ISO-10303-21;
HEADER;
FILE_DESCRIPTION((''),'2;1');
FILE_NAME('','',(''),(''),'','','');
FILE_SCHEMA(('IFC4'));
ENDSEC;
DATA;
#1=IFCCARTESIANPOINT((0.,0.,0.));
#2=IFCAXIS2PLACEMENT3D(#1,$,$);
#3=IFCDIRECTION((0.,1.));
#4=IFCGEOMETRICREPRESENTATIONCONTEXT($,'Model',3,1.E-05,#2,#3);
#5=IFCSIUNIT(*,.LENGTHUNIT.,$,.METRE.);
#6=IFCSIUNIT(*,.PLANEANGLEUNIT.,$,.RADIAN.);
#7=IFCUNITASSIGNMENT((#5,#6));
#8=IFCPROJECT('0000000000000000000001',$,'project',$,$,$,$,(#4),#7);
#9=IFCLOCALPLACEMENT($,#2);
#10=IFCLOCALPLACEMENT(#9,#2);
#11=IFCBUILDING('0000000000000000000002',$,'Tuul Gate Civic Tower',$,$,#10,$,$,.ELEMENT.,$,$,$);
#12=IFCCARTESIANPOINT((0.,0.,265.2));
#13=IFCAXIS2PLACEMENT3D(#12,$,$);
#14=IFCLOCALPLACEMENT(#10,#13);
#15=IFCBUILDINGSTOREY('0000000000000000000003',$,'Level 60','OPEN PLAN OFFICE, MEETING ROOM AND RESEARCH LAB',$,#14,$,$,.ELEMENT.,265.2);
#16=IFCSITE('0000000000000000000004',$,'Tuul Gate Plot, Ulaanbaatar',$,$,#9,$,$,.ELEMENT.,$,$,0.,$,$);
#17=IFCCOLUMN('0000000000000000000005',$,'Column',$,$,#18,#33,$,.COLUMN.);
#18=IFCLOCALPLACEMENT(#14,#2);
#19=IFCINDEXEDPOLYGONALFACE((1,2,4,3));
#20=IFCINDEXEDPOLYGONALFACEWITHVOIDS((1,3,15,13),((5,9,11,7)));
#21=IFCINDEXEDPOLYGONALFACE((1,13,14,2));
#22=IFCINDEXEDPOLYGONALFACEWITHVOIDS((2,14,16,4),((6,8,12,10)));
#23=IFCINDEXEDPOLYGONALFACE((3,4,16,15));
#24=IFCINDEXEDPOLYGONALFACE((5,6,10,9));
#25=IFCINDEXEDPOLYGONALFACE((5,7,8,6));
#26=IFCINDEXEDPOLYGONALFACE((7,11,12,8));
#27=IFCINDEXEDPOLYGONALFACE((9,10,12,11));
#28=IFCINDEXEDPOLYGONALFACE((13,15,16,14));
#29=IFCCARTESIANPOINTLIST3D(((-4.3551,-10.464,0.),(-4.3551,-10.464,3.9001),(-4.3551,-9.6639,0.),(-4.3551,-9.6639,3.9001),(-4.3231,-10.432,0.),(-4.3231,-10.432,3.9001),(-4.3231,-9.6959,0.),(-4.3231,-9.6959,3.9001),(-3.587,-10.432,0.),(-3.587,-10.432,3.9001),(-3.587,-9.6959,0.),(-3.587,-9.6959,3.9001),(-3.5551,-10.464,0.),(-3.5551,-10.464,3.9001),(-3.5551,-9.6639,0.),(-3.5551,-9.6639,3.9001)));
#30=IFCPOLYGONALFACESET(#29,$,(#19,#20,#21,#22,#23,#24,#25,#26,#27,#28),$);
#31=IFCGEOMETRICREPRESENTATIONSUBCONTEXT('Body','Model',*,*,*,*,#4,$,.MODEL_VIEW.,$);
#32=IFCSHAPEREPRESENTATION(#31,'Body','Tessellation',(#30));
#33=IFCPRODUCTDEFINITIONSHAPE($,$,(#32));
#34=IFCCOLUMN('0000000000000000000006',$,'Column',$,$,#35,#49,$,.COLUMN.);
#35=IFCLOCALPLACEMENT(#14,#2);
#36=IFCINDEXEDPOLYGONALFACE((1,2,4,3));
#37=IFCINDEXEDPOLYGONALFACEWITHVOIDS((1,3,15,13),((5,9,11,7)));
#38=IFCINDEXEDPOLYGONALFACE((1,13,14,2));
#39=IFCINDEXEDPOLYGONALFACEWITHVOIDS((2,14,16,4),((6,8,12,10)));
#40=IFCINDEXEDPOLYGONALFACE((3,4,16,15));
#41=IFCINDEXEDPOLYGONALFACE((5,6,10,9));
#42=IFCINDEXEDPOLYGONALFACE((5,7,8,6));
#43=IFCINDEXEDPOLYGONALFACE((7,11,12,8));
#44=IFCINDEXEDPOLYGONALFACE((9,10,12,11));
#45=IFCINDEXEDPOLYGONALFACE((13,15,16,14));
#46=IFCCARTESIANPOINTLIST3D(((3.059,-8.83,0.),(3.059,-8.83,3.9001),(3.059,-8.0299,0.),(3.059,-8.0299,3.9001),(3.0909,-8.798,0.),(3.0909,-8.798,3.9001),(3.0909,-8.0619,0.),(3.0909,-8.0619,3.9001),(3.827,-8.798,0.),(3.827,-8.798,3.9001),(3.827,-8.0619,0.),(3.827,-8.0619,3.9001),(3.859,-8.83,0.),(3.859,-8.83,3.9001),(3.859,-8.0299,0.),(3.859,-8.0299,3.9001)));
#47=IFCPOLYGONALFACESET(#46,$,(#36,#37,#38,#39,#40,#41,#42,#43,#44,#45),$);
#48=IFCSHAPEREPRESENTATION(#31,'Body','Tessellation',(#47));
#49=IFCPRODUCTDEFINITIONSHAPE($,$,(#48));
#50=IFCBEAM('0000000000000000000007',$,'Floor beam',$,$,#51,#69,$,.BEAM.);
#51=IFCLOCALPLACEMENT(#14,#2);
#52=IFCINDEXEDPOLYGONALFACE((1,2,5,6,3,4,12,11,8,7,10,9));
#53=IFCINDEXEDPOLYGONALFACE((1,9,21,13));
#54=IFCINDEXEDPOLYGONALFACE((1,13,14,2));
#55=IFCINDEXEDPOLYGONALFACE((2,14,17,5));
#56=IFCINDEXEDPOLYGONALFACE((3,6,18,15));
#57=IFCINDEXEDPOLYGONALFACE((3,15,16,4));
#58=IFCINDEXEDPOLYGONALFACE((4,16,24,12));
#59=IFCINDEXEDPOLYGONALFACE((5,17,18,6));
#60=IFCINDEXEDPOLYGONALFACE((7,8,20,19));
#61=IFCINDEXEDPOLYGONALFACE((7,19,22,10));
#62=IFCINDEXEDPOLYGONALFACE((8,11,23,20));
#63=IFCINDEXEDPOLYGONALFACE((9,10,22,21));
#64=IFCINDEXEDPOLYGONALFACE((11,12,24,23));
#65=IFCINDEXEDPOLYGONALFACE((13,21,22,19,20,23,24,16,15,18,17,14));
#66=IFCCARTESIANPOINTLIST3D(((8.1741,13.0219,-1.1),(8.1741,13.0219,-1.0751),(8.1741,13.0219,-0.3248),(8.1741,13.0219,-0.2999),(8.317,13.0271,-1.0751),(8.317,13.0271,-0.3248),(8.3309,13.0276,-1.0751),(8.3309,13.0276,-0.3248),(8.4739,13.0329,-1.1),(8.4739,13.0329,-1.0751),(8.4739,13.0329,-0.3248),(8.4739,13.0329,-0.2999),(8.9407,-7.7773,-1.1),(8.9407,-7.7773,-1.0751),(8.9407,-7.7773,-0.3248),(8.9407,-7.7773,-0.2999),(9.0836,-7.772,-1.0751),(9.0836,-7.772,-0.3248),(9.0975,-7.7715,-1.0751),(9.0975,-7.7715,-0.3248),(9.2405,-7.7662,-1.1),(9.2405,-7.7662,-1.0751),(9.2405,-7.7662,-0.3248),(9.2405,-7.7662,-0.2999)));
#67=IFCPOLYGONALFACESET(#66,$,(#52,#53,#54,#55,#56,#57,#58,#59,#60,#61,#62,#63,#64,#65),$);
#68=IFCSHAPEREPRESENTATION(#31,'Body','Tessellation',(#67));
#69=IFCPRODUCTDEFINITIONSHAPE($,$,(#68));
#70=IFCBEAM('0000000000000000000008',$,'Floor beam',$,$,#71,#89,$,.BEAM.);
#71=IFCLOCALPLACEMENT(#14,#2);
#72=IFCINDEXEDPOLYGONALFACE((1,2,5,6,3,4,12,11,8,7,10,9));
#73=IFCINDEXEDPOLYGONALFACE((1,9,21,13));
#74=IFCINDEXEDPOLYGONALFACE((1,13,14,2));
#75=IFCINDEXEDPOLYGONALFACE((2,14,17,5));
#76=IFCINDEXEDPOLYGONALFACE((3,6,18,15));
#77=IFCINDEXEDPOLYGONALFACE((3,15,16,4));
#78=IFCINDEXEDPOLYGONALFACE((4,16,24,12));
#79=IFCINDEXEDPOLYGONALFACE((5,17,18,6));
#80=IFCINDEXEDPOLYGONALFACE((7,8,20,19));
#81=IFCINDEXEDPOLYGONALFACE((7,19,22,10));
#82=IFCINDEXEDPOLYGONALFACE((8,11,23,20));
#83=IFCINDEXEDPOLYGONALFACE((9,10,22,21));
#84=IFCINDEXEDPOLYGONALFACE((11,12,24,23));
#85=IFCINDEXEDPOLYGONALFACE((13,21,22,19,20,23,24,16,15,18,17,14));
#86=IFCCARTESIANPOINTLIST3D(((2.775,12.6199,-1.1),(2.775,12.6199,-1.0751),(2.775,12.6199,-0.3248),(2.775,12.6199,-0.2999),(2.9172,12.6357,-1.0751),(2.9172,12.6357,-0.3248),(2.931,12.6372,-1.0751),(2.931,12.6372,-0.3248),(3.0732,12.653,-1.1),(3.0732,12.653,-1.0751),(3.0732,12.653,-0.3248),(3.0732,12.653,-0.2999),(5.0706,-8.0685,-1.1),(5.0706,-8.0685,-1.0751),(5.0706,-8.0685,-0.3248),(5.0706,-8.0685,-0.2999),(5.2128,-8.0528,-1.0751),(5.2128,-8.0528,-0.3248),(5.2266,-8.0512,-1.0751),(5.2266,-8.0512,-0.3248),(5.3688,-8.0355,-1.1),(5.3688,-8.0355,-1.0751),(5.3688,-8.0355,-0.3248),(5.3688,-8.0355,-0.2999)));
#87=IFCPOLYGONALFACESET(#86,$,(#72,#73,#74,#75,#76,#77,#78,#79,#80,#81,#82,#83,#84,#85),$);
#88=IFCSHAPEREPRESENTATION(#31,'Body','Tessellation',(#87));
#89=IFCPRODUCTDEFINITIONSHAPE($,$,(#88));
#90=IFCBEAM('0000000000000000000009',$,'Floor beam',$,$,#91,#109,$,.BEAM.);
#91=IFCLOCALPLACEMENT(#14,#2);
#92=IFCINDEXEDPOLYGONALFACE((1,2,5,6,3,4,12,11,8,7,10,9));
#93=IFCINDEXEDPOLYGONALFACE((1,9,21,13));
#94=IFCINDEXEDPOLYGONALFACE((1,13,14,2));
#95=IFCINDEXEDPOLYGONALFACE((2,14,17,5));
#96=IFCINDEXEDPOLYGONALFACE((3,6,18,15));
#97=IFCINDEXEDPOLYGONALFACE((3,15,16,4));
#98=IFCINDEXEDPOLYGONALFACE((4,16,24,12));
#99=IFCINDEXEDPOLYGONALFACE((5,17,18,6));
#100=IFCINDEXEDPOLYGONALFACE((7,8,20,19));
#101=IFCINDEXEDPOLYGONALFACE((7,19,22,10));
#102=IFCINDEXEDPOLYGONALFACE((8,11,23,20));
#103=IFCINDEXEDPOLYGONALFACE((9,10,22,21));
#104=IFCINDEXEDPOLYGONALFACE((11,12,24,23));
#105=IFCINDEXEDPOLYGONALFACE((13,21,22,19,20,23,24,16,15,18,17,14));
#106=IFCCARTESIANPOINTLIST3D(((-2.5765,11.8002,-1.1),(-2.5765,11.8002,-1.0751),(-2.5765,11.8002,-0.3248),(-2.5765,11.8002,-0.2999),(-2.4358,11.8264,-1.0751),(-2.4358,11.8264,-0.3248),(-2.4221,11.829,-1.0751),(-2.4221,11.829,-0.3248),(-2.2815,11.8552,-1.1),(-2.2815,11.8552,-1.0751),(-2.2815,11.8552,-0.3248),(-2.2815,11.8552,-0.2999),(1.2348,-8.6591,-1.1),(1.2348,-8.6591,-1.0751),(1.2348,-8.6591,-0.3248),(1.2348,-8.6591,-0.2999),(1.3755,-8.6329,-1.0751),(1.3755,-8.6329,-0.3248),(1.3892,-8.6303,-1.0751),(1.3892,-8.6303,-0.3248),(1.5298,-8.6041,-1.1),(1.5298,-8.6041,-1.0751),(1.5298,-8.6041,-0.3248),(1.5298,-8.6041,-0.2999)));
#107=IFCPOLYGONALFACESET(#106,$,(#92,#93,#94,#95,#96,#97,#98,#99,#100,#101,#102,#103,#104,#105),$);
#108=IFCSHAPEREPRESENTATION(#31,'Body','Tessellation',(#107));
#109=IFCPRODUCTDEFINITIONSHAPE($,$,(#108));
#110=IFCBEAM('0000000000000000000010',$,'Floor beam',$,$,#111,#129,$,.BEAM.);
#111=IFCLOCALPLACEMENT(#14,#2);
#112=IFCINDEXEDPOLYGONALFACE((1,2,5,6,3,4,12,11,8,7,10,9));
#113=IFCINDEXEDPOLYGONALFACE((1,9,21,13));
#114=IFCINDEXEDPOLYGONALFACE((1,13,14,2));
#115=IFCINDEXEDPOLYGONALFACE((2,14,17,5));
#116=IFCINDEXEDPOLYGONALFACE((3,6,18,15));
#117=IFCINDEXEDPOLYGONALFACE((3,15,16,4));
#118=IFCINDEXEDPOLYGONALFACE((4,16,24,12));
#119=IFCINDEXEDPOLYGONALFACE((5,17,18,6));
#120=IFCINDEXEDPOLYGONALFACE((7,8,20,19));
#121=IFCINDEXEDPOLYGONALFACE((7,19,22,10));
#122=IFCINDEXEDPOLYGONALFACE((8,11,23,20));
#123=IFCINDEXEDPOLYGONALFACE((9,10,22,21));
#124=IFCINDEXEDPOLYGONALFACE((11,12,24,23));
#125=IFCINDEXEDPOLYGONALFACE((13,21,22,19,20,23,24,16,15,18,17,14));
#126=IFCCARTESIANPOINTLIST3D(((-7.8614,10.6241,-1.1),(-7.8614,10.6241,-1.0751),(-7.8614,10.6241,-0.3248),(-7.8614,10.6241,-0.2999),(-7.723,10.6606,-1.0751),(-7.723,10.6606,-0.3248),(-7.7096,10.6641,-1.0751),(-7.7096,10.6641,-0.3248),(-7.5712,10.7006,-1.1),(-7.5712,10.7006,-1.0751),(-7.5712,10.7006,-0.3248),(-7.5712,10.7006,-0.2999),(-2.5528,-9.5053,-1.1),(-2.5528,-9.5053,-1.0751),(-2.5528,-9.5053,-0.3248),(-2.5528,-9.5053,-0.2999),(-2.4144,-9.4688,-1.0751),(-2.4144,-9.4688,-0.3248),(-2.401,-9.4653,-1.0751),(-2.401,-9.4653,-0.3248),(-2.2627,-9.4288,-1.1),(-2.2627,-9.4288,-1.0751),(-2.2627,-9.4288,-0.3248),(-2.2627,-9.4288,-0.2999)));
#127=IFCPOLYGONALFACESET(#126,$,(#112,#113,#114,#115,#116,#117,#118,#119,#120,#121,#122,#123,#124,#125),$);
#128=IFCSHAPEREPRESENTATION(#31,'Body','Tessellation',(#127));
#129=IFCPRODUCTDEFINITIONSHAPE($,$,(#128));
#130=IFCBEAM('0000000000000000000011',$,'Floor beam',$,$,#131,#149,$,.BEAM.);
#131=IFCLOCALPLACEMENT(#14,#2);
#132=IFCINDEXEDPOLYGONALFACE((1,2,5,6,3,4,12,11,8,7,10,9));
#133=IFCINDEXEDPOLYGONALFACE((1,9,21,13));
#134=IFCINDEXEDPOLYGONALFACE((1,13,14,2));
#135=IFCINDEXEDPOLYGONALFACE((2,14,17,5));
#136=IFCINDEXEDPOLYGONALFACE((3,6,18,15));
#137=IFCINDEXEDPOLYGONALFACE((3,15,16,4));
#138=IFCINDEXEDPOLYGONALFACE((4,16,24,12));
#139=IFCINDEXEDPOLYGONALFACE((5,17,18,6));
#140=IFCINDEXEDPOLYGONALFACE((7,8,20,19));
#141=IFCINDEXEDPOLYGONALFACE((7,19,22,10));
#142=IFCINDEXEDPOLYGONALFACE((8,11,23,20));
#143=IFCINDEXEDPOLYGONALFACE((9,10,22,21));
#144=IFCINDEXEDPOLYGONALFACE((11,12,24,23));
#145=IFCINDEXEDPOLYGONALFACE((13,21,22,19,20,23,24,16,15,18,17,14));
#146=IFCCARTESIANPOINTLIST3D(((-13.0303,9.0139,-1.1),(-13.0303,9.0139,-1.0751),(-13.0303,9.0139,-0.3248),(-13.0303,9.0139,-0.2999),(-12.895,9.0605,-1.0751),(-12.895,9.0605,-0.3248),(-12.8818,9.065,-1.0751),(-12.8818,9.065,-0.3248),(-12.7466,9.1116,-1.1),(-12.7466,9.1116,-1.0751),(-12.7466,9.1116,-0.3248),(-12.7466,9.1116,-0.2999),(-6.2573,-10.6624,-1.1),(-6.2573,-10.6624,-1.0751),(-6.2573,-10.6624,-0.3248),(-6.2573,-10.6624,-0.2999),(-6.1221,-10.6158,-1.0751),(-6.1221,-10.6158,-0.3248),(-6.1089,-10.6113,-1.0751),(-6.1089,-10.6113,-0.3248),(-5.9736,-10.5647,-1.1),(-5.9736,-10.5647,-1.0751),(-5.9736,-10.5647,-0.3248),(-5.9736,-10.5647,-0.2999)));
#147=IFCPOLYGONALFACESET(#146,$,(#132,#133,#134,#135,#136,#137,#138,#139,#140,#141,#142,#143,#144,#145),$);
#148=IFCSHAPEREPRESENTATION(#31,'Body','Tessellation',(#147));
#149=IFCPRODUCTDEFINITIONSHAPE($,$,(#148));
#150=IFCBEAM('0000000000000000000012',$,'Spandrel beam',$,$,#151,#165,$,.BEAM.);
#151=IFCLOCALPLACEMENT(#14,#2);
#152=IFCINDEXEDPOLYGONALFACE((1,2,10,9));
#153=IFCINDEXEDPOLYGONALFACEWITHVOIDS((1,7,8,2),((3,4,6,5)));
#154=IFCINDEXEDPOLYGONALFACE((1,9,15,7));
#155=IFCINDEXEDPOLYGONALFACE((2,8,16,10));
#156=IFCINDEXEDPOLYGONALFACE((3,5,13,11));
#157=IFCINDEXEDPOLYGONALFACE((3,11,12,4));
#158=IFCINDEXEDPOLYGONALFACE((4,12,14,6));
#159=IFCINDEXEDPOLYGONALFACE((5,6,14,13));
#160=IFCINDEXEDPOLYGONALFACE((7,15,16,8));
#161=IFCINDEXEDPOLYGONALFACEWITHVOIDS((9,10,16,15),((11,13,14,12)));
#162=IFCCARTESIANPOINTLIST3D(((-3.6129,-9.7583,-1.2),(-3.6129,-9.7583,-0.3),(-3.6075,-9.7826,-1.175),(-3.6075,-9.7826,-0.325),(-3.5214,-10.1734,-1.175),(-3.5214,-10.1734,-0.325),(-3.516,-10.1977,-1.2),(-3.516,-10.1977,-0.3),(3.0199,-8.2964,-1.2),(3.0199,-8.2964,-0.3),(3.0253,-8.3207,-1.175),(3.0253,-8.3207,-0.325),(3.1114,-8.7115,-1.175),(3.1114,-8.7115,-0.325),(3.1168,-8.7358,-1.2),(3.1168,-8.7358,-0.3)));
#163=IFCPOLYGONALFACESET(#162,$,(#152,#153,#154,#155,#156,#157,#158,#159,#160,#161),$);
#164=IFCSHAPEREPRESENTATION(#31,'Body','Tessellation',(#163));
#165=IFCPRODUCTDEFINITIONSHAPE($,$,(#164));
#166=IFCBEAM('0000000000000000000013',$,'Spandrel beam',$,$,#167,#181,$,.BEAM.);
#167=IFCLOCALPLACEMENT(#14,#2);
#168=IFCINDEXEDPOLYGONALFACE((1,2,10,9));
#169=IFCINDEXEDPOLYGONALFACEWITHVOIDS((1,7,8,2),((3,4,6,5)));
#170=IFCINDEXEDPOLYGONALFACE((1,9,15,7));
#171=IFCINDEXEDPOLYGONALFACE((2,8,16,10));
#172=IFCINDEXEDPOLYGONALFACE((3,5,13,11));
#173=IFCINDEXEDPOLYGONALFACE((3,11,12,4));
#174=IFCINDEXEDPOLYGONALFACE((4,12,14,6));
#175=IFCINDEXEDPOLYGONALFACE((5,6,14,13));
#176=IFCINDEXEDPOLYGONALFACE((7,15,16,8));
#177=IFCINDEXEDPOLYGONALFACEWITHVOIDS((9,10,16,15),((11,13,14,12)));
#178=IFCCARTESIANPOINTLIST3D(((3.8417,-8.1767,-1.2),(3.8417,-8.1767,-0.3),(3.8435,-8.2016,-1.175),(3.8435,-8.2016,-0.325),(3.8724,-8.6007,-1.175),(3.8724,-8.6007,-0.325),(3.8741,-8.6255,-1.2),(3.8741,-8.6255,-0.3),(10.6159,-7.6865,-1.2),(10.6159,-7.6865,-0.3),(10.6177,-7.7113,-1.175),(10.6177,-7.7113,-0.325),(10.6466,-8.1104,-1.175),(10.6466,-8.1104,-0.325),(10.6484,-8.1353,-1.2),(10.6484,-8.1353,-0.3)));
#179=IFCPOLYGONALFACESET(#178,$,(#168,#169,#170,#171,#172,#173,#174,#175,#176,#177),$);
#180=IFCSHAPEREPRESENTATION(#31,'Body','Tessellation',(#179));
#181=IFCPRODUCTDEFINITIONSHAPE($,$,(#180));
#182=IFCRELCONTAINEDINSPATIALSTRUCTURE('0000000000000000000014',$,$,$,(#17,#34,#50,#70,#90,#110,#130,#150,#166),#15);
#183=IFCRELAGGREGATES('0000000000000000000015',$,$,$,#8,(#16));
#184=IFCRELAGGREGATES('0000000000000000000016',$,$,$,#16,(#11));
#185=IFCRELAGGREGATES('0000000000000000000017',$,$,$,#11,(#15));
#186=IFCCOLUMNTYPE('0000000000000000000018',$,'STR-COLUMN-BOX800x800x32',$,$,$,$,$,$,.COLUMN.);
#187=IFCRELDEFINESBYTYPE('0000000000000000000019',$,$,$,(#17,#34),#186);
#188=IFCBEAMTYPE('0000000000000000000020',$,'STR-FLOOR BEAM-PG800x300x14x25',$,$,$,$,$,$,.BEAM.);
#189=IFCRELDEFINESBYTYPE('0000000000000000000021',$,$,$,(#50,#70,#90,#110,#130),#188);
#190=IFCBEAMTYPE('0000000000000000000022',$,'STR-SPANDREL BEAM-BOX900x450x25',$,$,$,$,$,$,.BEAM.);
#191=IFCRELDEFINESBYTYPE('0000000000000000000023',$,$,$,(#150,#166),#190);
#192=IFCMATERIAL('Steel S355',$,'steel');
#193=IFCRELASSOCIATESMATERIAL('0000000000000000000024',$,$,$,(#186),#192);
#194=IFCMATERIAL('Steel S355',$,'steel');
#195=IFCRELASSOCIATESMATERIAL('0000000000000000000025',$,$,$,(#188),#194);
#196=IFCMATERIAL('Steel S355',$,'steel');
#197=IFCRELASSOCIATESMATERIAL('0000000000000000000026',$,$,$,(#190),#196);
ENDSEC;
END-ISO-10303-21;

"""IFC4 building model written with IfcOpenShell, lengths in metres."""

from ifc_helpers import new_model, si_unit, direction, frame, origin, origin_2d, place, context, subcontext, project, spatial, hollow_rectangle, i_section, extrude, material, material_profile, profile_set, type_object, element, save


model = new_model("IFC4")

# Units and contexts
model_context = context("Model", 3, precision=1e-05, world=origin(), true_north=direction((0.0, 1.0)))
body_context = subcontext(model_context, "Body", "Model", "MODEL_VIEW")
ifc_project = project(units=[si_unit("LENGTHUNIT", "METRE"), si_unit("PLANEANGLEUNIT", "RADIAN")], contexts=[model_context])

# Site, building, storey
site_placement = place(None, origin())
site = spatial("IfcSite", under=ifc_project, at=site_placement, Name="Tuul Gate Plot, Ulaanbaatar", CompositionType="ELEMENT", RefElevation=0.0)
building_placement = place(site_placement, origin())
building = spatial("IfcBuilding", under=site, at=building_placement, Name="Tuul Gate Civic Tower", CompositionType="ELEMENT")
storey_placement = place(building_placement, frame((0.0, 0.0, 265.2)))
storey = spatial("IfcBuildingStorey", under=building, at=storey_placement, Name="Level 60", Description="OPEN PLAN OFFICE, MEETING ROOM AND RESEARCH LAB", CompositionType="ELEMENT", Elevation=265.2)

# Columns
ifc_material_1 = material(Name="Steel S355", Category="steel")
ifc_material_profile_1 = material_profile(ifc_material_1, hollow_rectangle(XDim=0.8, YDim=0.8, WallThickness=0.032, at=origin_2d()), Name="BOX800x800x32")
ifc_profile_set_1 = profile_set([ifc_material_profile_1], Name="Steel S355")
column_type = type_object("IfcColumnType", Name="STR-COLUMN-BOX800x800x32", PredefinedType="COLUMN", material=ifc_profile_set_1)
for number, where, z_axis, x_axis, name in (
    (1, (-3.9551, -10.064, 0.0), (0.0, 0.0, 1.0), (1.0, 0.0, 0.0), "Column"),
    (2, (3.459, -8.4299, 0.0), (0.0, 0.0, 1.0), (1.0, 0.0, 0.0), "Column"),
):
    element("IfcColumn", number, at=place(storey_placement, frame(where, z_axis=z_axis, x_axis=x_axis)), inside=storey, type_object=column_type, Name=name, PredefinedType="COLUMN", context=body_context, shape_type="SweptSolid", body=[
        extrude(hollow_rectangle(XDim=0.8, YDim=0.8, WallThickness=0.032, at=origin_2d()), origin(), (0.0, 0.0, 1.0), 3.9001),
    ])

# Beams
ifc_material_2 = material(Name="Steel S355", Category="steel")
ifc_material_profile_2 = material_profile(ifc_material_2, i_section(OverallWidth=0.3, OverallDepth=0.8, WebThickness=0.0139, FlangeThickness=0.0249, at=origin_2d()), Name="PG800x300x14x25")
ifc_profile_set_2 = profile_set([ifc_material_profile_2], Name="Steel S355")
beam_type_1 = type_object("IfcBeamType", Name="STR-FLOOR BEAM-PG800x300x14x25", PredefinedType="BEAM", material=ifc_profile_set_2)
beam_1_placement = place(storey_placement, frame((9.0906, -7.7717, -0.7), z_axis=(-0.036832, 0.999321, 0.0), x_axis=(-0.999321, -0.036832, 0.0)))
element("IfcBeam", 3, at=beam_1_placement, inside=storey, type_object=beam_type_1, Name="Floor beam", PredefinedType="BEAM", context=body_context, shape_type="SweptSolid", body=[
    extrude(i_section(OverallWidth=0.3, OverallDepth=0.8, WebThickness=0.0139, FlangeThickness=0.0249, at=origin_2d()), origin(), (0.0, 0.0, 1.0), 20.8132),
])
beam_2_placement = place(storey_placement, frame((5.2197, -8.052, -0.7), z_axis=(-0.110286, 0.9939, 0.0), x_axis=(-0.9939, -0.110286, 0.0)))
element("IfcBeam", 4, at=beam_2_placement, inside=storey, type_object=beam_type_1, Name="Floor beam", PredefinedType="BEAM", context=body_context, shape_type="SweptSolid", body=[
    extrude(i_section(OverallWidth=0.3, OverallDepth=0.8, WebThickness=0.0139, FlangeThickness=0.0249, at=origin_2d()), origin(), (0.0, 0.0, 1.0), 20.8154),
])
beam_3_placement = place(storey_placement, frame((1.3823, -8.6316, -0.7), z_axis=(-0.183136, 0.983088, 0.0), x_axis=(-0.983088, -0.183136, 0.0)))
element("IfcBeam", 5, at=beam_3_placement, inside=storey, type_object=beam_type_1, Name="Floor beam", PredefinedType="BEAM", context=body_context, shape_type="SweptSolid", body=[
    extrude(i_section(OverallWidth=0.3, OverallDepth=0.8, WebThickness=0.0139, FlangeThickness=0.0249, at=origin_2d()), origin(), (0.0, 0.0, 1.0), 20.8113),
])
beam_4_placement = place(storey_placement, frame((-2.4077, -9.467, -0.7), z_axis=(-0.255005, 0.96694, 0.0), x_axis=(-0.96694, -0.255005, 0.0)))
element("IfcBeam", 6, at=beam_4_placement, inside=storey, type_object=beam_type_1, Name="Floor beam", PredefinedType="BEAM", context=body_context, shape_type="SweptSolid", body=[
    extrude(i_section(OverallWidth=0.3, OverallDepth=0.8, WebThickness=0.0139, FlangeThickness=0.0249, at=origin_2d()), origin(), (0.0, 0.0, 1.0), 20.8176),
])
beam_5_placement = place(storey_placement, frame((-6.1155, -10.6135, -0.7), z_axis=(-0.325476, 0.94555, 0.0), x_axis=(-0.94555, -0.325476, 0.0)))
element("IfcBeam", 7, at=beam_5_placement, inside=storey, type_object=beam_type_1, Name="Floor beam", PredefinedType="BEAM", context=body_context, shape_type="SweptSolid", body=[
    extrude(i_section(OverallWidth=0.3, OverallDepth=0.8, WebThickness=0.0139, FlangeThickness=0.0249, at=origin_2d()), origin(), (0.0, 0.0, 1.0), 20.8093),
])
ifc_material_3 = material(Name="Steel S355", Category="steel")
ifc_material_profile_3 = material_profile(ifc_material_3, hollow_rectangle(XDim=0.45, YDim=0.8999, WallThickness=0.0249, at=origin_2d()), Name="BOX900x450x25")
ifc_profile_set_3 = profile_set([ifc_material_profile_3], Name="Steel S355")
beam_type_2 = type_object("IfcBeamType", Name="STR-SPANDREL BEAM-BOX900x450x25", PredefinedType="BEAM", material=ifc_profile_set_3)
for number, where, z_axis, x_axis, name in (
    (8, (-3.5645, -9.978, -0.75), (0.976561, 0.21524, 0.0), (-0.21524, 0.976561, 0.0), "Spandrel beam"),
    (9, (3.8579, -8.4011, -0.75), (0.997392, 0.072179, 0.0), (-0.072179, 0.997392, 0.0), "Spandrel beam"),
):
    element("IfcBeam", number, at=place(storey_placement, frame(where, z_axis=z_axis, x_axis=x_axis)), inside=storey, type_object=beam_type_2, Name=name, PredefinedType="BEAM", context=body_context, shape_type="SweptSolid", body=[
        extrude(hollow_rectangle(XDim=0.45, YDim=0.8999, WallThickness=0.0249, at=origin_2d()), origin(), (0.0, 0.0, 1.0), 6.792),
    ])

save(model, "model.ifc")
